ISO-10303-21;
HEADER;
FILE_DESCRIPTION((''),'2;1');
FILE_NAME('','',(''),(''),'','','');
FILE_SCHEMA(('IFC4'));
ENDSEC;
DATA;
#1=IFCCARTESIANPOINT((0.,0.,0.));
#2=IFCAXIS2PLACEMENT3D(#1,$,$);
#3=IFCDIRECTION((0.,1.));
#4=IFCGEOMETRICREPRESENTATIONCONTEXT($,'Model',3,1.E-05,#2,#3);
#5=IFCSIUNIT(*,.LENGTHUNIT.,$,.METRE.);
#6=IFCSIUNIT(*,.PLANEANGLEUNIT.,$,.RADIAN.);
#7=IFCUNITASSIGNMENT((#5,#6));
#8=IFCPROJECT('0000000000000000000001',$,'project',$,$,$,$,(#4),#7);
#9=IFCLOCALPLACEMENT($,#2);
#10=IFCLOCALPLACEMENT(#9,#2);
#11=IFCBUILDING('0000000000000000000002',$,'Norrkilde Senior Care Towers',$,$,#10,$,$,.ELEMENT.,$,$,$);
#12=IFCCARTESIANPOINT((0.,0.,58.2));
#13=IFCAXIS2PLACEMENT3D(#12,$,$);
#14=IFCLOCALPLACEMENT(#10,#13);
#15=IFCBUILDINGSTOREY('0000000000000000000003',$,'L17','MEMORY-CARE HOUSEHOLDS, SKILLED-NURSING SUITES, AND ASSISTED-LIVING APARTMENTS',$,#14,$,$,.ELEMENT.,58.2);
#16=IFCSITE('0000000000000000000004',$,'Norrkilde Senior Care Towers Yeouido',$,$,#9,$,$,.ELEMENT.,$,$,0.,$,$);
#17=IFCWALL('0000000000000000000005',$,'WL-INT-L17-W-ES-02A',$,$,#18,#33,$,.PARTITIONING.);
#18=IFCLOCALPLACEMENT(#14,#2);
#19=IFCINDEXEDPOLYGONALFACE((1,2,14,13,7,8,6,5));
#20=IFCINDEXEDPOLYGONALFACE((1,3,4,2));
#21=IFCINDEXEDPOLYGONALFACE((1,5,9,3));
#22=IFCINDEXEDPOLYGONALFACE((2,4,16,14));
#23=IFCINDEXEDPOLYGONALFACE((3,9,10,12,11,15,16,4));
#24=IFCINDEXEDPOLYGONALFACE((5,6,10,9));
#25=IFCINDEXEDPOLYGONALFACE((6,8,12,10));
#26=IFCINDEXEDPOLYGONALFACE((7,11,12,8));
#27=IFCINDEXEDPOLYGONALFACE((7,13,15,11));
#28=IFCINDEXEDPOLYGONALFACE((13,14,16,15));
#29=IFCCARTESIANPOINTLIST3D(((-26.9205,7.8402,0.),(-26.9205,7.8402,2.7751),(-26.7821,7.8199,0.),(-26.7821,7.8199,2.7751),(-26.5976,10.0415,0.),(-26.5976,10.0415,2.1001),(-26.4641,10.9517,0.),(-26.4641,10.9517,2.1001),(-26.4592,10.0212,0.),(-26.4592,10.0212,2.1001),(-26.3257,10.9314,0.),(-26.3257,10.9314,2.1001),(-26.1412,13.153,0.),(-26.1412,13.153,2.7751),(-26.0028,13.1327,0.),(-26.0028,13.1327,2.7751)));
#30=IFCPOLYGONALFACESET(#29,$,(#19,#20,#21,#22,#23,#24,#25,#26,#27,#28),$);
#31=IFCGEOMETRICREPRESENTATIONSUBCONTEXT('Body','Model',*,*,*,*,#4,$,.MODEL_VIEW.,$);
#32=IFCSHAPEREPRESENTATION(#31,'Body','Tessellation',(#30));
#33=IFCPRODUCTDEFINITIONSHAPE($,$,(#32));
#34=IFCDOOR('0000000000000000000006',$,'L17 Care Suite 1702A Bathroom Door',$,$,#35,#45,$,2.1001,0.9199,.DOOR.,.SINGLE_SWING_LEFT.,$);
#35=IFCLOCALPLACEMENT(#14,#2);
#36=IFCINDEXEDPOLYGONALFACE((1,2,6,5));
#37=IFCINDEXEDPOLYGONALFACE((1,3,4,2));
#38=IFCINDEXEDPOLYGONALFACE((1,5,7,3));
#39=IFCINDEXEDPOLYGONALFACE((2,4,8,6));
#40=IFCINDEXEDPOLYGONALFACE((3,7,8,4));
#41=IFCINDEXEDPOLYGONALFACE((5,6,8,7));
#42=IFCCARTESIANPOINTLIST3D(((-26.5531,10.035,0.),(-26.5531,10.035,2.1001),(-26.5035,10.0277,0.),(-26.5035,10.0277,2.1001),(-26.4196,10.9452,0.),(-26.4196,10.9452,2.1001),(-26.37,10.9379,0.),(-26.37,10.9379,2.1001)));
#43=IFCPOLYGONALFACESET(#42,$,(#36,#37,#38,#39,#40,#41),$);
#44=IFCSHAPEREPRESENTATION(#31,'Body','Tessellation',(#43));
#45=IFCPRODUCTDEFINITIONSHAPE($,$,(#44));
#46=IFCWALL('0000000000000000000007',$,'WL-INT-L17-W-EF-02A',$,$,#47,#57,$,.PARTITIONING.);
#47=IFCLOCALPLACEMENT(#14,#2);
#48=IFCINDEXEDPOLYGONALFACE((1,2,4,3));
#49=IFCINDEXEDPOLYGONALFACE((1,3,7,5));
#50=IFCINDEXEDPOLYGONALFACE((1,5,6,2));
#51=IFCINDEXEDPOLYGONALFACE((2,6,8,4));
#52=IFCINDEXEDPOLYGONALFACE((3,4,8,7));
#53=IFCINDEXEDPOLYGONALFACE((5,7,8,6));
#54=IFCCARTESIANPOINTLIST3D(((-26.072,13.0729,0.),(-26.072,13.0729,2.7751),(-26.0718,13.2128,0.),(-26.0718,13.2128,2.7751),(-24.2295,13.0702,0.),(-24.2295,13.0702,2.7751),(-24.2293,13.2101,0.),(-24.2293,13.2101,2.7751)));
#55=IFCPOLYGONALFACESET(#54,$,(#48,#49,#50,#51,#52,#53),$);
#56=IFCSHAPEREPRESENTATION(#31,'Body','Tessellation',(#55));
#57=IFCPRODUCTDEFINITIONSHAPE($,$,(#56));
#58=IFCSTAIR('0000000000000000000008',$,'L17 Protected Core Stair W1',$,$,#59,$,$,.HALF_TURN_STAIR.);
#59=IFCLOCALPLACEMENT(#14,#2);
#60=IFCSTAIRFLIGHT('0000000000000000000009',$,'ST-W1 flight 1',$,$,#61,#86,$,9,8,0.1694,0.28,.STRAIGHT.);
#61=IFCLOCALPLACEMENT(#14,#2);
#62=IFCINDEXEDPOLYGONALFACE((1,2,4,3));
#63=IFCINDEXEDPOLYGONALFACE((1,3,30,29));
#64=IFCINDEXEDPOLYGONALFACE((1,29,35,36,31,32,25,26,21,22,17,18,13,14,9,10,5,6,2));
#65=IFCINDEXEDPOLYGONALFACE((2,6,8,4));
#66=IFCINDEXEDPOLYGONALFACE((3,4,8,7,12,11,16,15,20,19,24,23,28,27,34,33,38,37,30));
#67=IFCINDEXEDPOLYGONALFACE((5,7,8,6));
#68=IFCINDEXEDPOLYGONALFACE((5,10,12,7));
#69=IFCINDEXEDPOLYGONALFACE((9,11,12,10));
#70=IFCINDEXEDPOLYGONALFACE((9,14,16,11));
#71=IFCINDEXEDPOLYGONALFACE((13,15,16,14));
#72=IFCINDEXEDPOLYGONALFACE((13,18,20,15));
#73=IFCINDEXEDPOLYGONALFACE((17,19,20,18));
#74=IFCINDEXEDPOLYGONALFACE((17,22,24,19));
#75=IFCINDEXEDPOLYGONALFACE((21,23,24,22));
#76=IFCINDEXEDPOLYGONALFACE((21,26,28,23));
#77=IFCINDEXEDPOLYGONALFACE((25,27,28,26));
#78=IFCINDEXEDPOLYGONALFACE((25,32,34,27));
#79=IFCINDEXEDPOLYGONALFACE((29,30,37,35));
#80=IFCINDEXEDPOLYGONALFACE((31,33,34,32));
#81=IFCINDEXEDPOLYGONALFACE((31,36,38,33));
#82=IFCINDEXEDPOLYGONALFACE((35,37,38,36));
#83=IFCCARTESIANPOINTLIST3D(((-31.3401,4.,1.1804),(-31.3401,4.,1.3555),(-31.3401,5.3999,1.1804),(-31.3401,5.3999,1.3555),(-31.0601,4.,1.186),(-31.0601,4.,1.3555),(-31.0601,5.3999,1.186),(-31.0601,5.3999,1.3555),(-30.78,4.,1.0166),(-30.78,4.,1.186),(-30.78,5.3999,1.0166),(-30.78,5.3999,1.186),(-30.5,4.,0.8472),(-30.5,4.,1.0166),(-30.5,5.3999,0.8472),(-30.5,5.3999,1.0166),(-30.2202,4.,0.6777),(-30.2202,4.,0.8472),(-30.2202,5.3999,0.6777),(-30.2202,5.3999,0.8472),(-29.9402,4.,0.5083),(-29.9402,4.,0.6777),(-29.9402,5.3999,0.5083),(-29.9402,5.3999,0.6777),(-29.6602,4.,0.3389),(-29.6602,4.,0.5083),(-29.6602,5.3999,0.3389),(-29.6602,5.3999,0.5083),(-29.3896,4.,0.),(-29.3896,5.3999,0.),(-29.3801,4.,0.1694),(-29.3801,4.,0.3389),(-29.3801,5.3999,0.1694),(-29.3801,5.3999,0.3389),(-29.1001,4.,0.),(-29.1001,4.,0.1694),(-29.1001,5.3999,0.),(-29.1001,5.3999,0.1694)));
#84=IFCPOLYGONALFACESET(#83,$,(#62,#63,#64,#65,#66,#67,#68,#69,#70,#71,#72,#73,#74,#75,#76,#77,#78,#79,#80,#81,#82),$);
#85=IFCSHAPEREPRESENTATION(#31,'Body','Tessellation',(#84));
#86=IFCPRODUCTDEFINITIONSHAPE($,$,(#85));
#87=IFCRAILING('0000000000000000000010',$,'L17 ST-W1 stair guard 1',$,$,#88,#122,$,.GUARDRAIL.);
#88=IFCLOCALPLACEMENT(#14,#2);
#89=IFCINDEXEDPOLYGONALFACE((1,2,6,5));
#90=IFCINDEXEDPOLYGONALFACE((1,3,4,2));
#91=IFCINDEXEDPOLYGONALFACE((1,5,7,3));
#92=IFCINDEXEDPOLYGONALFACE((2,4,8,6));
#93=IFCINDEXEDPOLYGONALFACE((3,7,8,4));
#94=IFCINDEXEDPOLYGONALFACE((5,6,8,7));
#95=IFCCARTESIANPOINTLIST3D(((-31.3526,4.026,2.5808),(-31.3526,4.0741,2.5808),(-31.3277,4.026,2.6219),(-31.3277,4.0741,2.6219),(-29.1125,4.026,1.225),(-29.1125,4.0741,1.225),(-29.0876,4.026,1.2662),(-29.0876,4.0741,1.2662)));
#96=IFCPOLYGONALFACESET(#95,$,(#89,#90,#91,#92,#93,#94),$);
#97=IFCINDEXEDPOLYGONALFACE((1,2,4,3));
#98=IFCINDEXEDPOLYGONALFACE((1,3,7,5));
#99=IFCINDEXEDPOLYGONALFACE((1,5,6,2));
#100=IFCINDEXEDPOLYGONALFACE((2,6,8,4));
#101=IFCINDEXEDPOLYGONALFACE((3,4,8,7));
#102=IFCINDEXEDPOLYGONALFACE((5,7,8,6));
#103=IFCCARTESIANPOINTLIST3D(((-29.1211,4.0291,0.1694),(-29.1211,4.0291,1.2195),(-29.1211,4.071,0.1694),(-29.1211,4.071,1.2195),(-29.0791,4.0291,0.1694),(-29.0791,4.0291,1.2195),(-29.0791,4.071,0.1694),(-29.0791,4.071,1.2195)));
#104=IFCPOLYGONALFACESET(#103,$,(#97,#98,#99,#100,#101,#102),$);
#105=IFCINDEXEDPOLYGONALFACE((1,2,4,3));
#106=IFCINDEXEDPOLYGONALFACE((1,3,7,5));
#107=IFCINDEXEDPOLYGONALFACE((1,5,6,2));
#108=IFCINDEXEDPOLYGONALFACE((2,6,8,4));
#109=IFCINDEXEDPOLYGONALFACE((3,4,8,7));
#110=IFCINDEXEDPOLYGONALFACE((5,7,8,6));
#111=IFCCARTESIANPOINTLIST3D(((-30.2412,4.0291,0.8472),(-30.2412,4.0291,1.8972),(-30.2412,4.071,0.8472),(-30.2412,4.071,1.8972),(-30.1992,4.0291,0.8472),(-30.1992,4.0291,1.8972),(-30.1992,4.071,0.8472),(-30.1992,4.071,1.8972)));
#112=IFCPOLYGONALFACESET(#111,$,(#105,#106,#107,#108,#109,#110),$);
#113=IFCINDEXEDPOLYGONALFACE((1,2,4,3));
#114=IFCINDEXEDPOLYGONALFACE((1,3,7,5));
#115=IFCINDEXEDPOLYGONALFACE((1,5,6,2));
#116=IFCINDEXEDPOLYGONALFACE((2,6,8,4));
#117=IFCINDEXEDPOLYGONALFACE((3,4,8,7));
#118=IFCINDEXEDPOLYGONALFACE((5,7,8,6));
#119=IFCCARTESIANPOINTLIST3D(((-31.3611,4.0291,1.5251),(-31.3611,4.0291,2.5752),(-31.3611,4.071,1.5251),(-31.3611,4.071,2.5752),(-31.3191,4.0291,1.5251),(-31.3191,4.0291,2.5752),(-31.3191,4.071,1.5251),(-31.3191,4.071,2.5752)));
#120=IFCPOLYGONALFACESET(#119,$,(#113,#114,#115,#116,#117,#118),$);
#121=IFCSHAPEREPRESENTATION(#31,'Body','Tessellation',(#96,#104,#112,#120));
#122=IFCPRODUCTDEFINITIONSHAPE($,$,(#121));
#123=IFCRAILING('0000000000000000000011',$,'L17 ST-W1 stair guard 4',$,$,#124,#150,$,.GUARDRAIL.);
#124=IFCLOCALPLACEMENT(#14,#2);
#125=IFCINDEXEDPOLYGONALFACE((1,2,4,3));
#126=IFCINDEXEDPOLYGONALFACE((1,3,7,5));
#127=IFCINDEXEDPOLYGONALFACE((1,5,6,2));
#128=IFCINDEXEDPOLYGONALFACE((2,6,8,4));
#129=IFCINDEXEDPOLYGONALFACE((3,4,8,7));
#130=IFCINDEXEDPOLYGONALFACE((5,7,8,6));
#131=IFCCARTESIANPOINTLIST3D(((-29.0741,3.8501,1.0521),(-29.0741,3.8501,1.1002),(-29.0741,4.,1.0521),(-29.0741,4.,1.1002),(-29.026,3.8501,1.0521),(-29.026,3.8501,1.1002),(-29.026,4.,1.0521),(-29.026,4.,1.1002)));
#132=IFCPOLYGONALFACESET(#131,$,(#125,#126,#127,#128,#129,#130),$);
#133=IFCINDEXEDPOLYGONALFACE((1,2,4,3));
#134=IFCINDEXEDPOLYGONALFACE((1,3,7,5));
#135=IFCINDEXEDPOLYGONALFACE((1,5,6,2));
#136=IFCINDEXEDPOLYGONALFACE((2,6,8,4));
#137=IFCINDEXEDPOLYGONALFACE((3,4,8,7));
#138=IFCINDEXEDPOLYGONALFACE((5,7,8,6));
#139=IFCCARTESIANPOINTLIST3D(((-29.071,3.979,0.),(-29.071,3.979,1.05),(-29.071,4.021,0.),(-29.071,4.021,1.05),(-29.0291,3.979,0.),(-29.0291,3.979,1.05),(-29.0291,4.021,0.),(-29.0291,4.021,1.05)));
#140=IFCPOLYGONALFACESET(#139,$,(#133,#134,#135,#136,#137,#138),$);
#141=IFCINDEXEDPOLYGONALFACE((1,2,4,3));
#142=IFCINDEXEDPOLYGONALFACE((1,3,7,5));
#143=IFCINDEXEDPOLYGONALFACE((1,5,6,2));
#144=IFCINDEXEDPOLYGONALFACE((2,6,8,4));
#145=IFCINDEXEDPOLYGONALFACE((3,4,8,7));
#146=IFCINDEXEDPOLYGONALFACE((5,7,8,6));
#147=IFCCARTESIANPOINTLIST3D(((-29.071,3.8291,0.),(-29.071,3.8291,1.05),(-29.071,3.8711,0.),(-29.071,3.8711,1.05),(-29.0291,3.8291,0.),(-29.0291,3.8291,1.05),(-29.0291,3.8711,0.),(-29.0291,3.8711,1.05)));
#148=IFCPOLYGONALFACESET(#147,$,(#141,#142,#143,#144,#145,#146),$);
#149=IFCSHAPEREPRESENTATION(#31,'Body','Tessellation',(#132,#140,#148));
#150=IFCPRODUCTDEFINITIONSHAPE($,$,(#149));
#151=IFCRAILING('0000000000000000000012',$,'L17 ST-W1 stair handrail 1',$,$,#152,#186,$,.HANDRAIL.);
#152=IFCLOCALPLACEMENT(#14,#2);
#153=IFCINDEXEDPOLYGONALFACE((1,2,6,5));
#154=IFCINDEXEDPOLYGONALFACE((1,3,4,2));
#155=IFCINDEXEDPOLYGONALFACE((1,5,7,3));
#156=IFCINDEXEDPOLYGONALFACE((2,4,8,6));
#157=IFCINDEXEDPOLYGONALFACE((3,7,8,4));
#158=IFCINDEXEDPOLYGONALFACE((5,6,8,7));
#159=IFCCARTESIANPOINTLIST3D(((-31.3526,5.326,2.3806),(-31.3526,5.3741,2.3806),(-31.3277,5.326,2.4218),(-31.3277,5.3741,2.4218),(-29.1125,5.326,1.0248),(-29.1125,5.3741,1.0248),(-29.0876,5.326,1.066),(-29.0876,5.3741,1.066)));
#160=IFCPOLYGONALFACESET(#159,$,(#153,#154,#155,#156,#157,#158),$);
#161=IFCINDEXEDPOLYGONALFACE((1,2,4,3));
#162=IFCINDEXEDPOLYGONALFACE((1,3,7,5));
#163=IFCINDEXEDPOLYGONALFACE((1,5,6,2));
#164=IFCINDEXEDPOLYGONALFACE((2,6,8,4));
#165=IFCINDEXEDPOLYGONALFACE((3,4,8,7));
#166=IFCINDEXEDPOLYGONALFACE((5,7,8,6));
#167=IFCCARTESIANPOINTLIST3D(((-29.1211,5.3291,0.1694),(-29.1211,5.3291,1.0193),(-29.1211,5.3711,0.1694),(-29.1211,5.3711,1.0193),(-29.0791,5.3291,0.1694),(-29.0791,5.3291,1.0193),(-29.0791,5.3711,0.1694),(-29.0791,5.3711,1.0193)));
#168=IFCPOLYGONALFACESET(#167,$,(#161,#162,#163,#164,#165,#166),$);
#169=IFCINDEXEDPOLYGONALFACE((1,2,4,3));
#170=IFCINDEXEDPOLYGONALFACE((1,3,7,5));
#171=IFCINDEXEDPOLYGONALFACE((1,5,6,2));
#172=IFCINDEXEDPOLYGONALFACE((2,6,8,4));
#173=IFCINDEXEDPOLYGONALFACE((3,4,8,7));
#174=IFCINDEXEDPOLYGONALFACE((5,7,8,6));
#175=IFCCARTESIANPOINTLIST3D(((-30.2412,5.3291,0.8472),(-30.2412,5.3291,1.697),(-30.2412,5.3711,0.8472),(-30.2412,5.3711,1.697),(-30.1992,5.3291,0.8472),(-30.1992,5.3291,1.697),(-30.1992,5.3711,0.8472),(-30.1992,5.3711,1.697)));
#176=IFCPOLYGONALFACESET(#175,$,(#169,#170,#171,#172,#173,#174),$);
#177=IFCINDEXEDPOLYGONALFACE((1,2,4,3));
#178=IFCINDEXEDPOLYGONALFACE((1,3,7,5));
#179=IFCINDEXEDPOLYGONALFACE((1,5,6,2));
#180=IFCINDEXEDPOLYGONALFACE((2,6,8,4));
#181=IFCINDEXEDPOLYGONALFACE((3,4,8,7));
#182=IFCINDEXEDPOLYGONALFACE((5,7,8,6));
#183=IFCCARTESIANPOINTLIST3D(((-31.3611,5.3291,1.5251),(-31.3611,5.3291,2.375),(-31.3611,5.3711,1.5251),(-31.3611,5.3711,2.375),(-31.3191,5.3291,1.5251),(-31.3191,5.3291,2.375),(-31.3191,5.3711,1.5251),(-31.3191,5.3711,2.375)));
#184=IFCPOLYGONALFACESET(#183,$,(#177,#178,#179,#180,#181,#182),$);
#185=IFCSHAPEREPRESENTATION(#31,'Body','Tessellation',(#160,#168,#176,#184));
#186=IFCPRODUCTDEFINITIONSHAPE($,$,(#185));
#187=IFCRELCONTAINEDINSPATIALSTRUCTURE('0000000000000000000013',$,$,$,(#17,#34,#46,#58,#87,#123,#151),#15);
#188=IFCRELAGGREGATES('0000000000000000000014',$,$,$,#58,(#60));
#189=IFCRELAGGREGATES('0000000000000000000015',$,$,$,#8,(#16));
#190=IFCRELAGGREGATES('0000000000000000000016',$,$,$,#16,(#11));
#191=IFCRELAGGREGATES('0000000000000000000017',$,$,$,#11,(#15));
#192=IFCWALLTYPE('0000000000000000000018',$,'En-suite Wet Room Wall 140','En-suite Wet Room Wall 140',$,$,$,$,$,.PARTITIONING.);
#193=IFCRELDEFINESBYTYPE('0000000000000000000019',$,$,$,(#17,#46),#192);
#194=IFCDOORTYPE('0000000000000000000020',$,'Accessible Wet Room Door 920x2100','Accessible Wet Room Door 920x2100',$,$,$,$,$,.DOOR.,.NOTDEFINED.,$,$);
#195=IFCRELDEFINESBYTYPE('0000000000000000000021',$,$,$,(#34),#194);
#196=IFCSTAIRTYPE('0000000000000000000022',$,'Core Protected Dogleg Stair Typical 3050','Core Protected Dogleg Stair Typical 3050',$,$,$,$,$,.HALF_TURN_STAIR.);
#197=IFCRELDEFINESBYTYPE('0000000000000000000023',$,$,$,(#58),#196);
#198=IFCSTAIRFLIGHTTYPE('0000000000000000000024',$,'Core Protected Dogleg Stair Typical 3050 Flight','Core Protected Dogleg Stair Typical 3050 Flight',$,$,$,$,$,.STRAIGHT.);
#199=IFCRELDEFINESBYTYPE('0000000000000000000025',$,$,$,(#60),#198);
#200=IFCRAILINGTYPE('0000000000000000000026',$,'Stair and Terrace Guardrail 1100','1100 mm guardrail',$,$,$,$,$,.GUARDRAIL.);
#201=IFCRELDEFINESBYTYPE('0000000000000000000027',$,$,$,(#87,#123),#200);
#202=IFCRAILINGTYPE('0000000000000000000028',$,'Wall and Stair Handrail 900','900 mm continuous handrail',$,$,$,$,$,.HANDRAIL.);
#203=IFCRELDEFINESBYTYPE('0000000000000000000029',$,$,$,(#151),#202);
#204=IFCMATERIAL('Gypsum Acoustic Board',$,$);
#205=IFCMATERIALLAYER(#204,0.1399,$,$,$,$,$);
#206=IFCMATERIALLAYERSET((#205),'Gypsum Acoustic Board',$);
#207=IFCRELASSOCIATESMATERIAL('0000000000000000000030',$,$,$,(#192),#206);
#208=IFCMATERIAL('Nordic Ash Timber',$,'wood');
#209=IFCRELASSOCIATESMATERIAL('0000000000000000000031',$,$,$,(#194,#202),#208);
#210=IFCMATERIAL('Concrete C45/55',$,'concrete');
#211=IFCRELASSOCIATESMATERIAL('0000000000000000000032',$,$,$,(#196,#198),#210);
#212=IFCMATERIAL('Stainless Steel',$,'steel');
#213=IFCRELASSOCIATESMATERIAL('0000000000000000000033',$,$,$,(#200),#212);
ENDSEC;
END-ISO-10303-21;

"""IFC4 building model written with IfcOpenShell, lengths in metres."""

from ifc_helpers import new_model, si_unit, direction, frame, frame_2d, origin, origin_2d, place, context, subcontext, project, spatial, polyline, rectangle, outline, extrude, source, transform, mapped, material, layer, layer_set, type_object, type_shapes, element, fill, aggregate, save


model = new_model("IFC4")

# Units and contexts
model_context = context("Model", 3, precision=1e-05, world=origin(), true_north=direction((0.0, 1.0)))
body_context = subcontext(model_context, "Body", "Model", "MODEL_VIEW")
ifc_project = project(units=[si_unit("LENGTHUNIT", "METRE"), si_unit("PLANEANGLEUNIT", "RADIAN")], contexts=[model_context])

# Site, building, storey
site_placement = place(None, origin())
site = spatial("IfcSite", under=ifc_project, at=site_placement, Name="Norrkilde Senior Care Towers Yeouido", CompositionType="ELEMENT", RefElevation=0.0)
building_placement = place(site_placement, origin())
building = spatial("IfcBuilding", under=site, at=building_placement, Name="Norrkilde Senior Care Towers", CompositionType="ELEMENT")
storey_placement = place(building_placement, frame((0.0, 0.0, 58.2)))
storey = spatial("IfcBuildingStorey", under=building, at=storey_placement, Name="L17", Description="MEMORY-CARE HOUSEHOLDS, SKILLED-NURSING SUITES, AND ASSISTED-LIVING APARTMENTS", CompositionType="ELEMENT", Elevation=58.2)

# Shared definitions
ifc_material_1 = material(Name="Concrete C45/55", Category="concrete")

# Shared definitions
ifc_material_2 = material(Name="Stainless Steel", Category="steel")

# Shared definitions
ifc_material_3 = material(Name="Gypsum Acoustic Board")

# Shared definitions
ifc_layer_1 = layer(ifc_material_3, 0.1399)
ifc_layer_set_1 = layer_set([ifc_layer_1], Name="Gypsum Acoustic Board")
wall_type_1 = type_object("IfcWallType", Name="En-suite Wet Room Wall 140", Description="En-suite Wet Room Wall 140", PredefinedType="PARTITIONING", material=ifc_layer_set_1)
ifc_material_4 = material(Name="Nordic Ash Timber", Category="wood")
door_type_1 = type_object("IfcDoorType", Name="Accessible Wet Room Door 920x2100", Description="Accessible Wet Room Door 920x2100", OperationType="NOTDEFINED", PredefinedType="DOOR", material=ifc_material_4)
shared_shape_1 = source(origin(), body_context, "Body", "SweptSolid", [
    extrude(rectangle(XDim=0.9199, YDim=2.1001, at=frame_2d((0.46, 1.05))), frame((0.0, 0.0249, 0.0), z_axis=(0.0, -1.0, 0.0), x_axis=(1.0, 0.0, 0.0)), (0.0, 0.0, 1.0), 0.05),
])
type_shapes(door_type_1, [shared_shape_1])

# Wall, opening, door
shared_shape_2 = source(origin(), body_context, "Body", "SweptSolid", [
    extrude(rectangle(XDim=5.3696, YDim=0.1399, at=frame_2d((2.6848, 0.0))), origin(), (0.0, 0.0, 1.0), 2.7751),
])
wall_1_placement = place(storey_placement, frame((-26.8513, 7.8301, 0.0), z_axis=(0.0, 0.0, 1.0), x_axis=(0.145131, 0.989412, 0.0)))
wall_1 = element("IfcWall", 1, at=wall_1_placement, inside=storey, type_object=wall_type_1, Name="WL-INT-L17-W-ES-02A", PredefinedType="PARTITIONING", context=body_context, shape_type="MappedRepresentation", body=[
    mapped(shared_shape_2, transform((0.0, 0.0, 0.0), x_axis=(1.0, 0.0, 0.0), y_axis=(0.0, 1.0, 0.0), z_axis=(0.0, 0.0, 1.0), scale=1.0)),
])
opening_1_placement = place(wall_1_placement, frame((2.2249, 0.0, 0.0)))
opening_1 = element("IfcOpeningElement", 2, at=opening_1_placement, cuts=wall_1, PredefinedType="OPENING", context=body_context, shape_type="SweptSolid", body=[
    extrude(rectangle(XDim=0.9199, YDim=2.1001, at=frame_2d((0.46, 1.05))), frame((0.0, 0.0798, 0.0), z_axis=(0.0, -1.0, 0.0), x_axis=(1.0, 0.0, 0.0)), (0.0, 0.0, 1.0), 0.1599),
])
door_1_placement = place(opening_1_placement, origin())
door_1 = element("IfcDoor", 3, at=door_1_placement, inside=storey, type_object=door_type_1, Name="L17 Care Suite 1702A Bathroom Door", OperationType="SINGLE_SWING_LEFT", OverallHeight=2.1001, OverallWidth=0.9199, PredefinedType="DOOR", context=body_context, shape_type="MappedRepresentation", body=[
    mapped(shared_shape_1, transform((0.0, 0.0, 0.0), x_axis=(1.0, 0.0, 0.0), y_axis=(0.0, 1.0, 0.0), z_axis=(0.0, 0.0, 1.0), scale=1.0)),
])
fill(opening_1, door_1)

# Wall
shared_shape_3 = source(origin(), body_context, "Body", "SweptSolid", [
    extrude(rectangle(XDim=1.8425, YDim=0.1399, at=frame_2d((0.9214, 0.0))), origin(), (0.0, 0.0, 1.0), 2.7751),
])
wall_2_placement = place(storey_placement, frame((-26.072, 13.1428, 0.0), z_axis=(0.0, 0.0, 1.0), x_axis=(0.999999, -0.001458, 0.0)))
element("IfcWall", 4, at=wall_2_placement, inside=storey, type_object=wall_type_1, Name="WL-INT-L17-W-EF-02A", PredefinedType="PARTITIONING", context=body_context, shape_type="MappedRepresentation", body=[
    mapped(shared_shape_3, transform((0.0, 0.0, 0.0), x_axis=(1.0, 0.0, 0.0), y_axis=(0.0, 1.0, 0.0), z_axis=(0.0, 0.0, 1.0), scale=1.0)),
])

# Stair, stair flight
stair_type = type_object("IfcStairType", Name="Core Protected Dogleg Stair Typical 3050", Description="Core Protected Dogleg Stair Typical 3050", PredefinedType="HALF_TURN_STAIR", material=ifc_material_1)
stair_placement = place(storey_placement, origin())
stair = element("IfcStair", 5, at=stair_placement, inside=storey, type_object=stair_type, Name="L17 Protected Core Stair W1", PredefinedType="HALF_TURN_STAIR")
stair_flight_type = type_object("IfcStairFlightType", Name="Core Protected Dogleg Stair Typical 3050 Flight", Description="Core Protected Dogleg Stair Typical 3050 Flight", PredefinedType="STRAIGHT", material=ifc_material_1)
stair_flight_placement = place(storey_placement, frame((-29.1001, 4.7, 0.0), z_axis=(0.0, 0.0, 1.0), x_axis=(-1.0, 0.0, 0.0)))
stair_flight = element("IfcStairFlight", 6, at=stair_flight_placement, type_object=stair_flight_type, Name="ST-W1 flight 1", NumberOfRisers=9, NumberOfTreads=8, PredefinedType="STRAIGHT", RiserHeight=0.1694, TreadLength=0.28, context=body_context, shape_type="SweptSolid", body=[
    extrude(outline(polyline([(0.0, 0.0), (0.0, 0.1694), (0.28, 0.1694), (0.28, 0.3389), (0.5601, 0.3389), (0.5601, 0.5083), (0.8401, 0.5083), (0.8401, 0.6777), (1.1201, 0.6777), (1.1201, 0.8472), (1.3999, 0.8472), (1.3999, 1.0166), (1.6799, 1.0166), (1.6799, 1.186), (1.96, 1.186), (1.96, 1.3555), (2.24, 1.3555), (2.24, 1.5249), (2.24, 1.1804), (0.2896, 0.0), (0.0, 0.0)])), frame((0.0, 0.7, 0.0), z_axis=(0.0, -1.0, 0.0), x_axis=(1.0, 0.0, 0.0)), (0.0, 0.0, 1.0), 1.3999),
])
aggregate(stair, [stair_flight])

# Railings
railing_type_1 = type_object("IfcRailingType", Name="Stair and Terrace Guardrail 1100", Description="1100 mm guardrail", PredefinedType="GUARDRAIL", material=ifc_material_2)
railing_1_placement = place(storey_placement, frame((-29.1001, 4.05, 0.1694)))
element("IfcRailing", 7, at=railing_1_placement, inside=storey, type_object=railing_type_1, Name="L17 ST-W1 stair guard 1", PredefinedType="GUARDRAIL", context=body_context, shape_type="SweptSolid", body=[
    extrude(rectangle(XDim=0.0481, YDim=0.0481, at=origin_2d()), frame((0.0, 0.0, 1.0762), z_axis=(-0.855512, 0.0, 0.517783), x_axis=(0.0, -1.0, 0.0)), (0.0, 0.0, 1.0), 2.6184),
    extrude(rectangle(XDim=0.042, YDim=0.042, at=origin_2d()), origin(), (0.0, 0.0, 1.0), 1.05),
    extrude(rectangle(XDim=0.042, YDim=0.042, at=origin_2d()), frame((-1.1201, 0.0, 0.6777)), (0.0, 0.0, 1.0), 1.05),
    extrude(rectangle(XDim=0.042, YDim=0.042, at=origin_2d()), frame((-2.24, 0.0, 1.3557)), (0.0, 0.0, 1.0), 1.05),
])
railing_2_placement = place(storey_placement, frame((-29.05, 4.0, 0.0)))
element("IfcRailing", 8, at=railing_2_placement, inside=storey, type_object=railing_type_1, Name="L17 ST-W1 stair guard 4", PredefinedType="GUARDRAIL", context=body_context, shape_type="SweptSolid", body=[
    extrude(rectangle(XDim=0.0481, YDim=0.0481, at=origin_2d()), frame((0.0, 0.0, 1.0762), z_axis=(0.0, -1.0, 0.0), x_axis=(1.0, 0.0, 0.0)), (0.0, 0.0, 1.0), 0.1499),
    extrude(rectangle(XDim=0.042, YDim=0.042, at=origin_2d()), origin(), (0.0, 0.0, 1.0), 1.05),
    extrude(rectangle(XDim=0.042, YDim=0.042, at=origin_2d()), frame((0.0, -0.1499, 0.0)), (0.0, 0.0, 1.0), 1.05),
])
railing_type_2 = type_object("IfcRailingType", Name="Wall and Stair Handrail 900", Description="900 mm continuous handrail", PredefinedType="HANDRAIL", material=ifc_material_4)
railing_3_placement = place(storey_placement, frame((-29.1001, 5.3501, 0.1694)))
element("IfcRailing", 9, at=railing_3_placement, inside=storey, type_object=railing_type_2, Name="L17 ST-W1 stair handrail 1", PredefinedType="HANDRAIL", context=body_context, shape_type="SweptSolid", body=[
    extrude(rectangle(XDim=0.0481, YDim=0.0481, at=origin_2d()), frame((0.0, 0.0, 0.876), z_axis=(-0.855512, 0.0, 0.517783), x_axis=(0.0, -1.0, 0.0)), (0.0, 0.0, 1.0), 2.6184),
    extrude(rectangle(XDim=0.042, YDim=0.042, at=origin_2d()), origin(), (0.0, 0.0, 1.0), 0.8499),
    extrude(rectangle(XDim=0.042, YDim=0.042, at=origin_2d()), frame((-1.1201, 0.0, 0.6777)), (0.0, 0.0, 1.0), 0.8499),
    extrude(rectangle(XDim=0.042, YDim=0.042, at=origin_2d()), frame((-2.24, 0.0, 1.3557)), (0.0, 0.0, 1.0), 0.8499),
])

save(model, "model.ifc")
